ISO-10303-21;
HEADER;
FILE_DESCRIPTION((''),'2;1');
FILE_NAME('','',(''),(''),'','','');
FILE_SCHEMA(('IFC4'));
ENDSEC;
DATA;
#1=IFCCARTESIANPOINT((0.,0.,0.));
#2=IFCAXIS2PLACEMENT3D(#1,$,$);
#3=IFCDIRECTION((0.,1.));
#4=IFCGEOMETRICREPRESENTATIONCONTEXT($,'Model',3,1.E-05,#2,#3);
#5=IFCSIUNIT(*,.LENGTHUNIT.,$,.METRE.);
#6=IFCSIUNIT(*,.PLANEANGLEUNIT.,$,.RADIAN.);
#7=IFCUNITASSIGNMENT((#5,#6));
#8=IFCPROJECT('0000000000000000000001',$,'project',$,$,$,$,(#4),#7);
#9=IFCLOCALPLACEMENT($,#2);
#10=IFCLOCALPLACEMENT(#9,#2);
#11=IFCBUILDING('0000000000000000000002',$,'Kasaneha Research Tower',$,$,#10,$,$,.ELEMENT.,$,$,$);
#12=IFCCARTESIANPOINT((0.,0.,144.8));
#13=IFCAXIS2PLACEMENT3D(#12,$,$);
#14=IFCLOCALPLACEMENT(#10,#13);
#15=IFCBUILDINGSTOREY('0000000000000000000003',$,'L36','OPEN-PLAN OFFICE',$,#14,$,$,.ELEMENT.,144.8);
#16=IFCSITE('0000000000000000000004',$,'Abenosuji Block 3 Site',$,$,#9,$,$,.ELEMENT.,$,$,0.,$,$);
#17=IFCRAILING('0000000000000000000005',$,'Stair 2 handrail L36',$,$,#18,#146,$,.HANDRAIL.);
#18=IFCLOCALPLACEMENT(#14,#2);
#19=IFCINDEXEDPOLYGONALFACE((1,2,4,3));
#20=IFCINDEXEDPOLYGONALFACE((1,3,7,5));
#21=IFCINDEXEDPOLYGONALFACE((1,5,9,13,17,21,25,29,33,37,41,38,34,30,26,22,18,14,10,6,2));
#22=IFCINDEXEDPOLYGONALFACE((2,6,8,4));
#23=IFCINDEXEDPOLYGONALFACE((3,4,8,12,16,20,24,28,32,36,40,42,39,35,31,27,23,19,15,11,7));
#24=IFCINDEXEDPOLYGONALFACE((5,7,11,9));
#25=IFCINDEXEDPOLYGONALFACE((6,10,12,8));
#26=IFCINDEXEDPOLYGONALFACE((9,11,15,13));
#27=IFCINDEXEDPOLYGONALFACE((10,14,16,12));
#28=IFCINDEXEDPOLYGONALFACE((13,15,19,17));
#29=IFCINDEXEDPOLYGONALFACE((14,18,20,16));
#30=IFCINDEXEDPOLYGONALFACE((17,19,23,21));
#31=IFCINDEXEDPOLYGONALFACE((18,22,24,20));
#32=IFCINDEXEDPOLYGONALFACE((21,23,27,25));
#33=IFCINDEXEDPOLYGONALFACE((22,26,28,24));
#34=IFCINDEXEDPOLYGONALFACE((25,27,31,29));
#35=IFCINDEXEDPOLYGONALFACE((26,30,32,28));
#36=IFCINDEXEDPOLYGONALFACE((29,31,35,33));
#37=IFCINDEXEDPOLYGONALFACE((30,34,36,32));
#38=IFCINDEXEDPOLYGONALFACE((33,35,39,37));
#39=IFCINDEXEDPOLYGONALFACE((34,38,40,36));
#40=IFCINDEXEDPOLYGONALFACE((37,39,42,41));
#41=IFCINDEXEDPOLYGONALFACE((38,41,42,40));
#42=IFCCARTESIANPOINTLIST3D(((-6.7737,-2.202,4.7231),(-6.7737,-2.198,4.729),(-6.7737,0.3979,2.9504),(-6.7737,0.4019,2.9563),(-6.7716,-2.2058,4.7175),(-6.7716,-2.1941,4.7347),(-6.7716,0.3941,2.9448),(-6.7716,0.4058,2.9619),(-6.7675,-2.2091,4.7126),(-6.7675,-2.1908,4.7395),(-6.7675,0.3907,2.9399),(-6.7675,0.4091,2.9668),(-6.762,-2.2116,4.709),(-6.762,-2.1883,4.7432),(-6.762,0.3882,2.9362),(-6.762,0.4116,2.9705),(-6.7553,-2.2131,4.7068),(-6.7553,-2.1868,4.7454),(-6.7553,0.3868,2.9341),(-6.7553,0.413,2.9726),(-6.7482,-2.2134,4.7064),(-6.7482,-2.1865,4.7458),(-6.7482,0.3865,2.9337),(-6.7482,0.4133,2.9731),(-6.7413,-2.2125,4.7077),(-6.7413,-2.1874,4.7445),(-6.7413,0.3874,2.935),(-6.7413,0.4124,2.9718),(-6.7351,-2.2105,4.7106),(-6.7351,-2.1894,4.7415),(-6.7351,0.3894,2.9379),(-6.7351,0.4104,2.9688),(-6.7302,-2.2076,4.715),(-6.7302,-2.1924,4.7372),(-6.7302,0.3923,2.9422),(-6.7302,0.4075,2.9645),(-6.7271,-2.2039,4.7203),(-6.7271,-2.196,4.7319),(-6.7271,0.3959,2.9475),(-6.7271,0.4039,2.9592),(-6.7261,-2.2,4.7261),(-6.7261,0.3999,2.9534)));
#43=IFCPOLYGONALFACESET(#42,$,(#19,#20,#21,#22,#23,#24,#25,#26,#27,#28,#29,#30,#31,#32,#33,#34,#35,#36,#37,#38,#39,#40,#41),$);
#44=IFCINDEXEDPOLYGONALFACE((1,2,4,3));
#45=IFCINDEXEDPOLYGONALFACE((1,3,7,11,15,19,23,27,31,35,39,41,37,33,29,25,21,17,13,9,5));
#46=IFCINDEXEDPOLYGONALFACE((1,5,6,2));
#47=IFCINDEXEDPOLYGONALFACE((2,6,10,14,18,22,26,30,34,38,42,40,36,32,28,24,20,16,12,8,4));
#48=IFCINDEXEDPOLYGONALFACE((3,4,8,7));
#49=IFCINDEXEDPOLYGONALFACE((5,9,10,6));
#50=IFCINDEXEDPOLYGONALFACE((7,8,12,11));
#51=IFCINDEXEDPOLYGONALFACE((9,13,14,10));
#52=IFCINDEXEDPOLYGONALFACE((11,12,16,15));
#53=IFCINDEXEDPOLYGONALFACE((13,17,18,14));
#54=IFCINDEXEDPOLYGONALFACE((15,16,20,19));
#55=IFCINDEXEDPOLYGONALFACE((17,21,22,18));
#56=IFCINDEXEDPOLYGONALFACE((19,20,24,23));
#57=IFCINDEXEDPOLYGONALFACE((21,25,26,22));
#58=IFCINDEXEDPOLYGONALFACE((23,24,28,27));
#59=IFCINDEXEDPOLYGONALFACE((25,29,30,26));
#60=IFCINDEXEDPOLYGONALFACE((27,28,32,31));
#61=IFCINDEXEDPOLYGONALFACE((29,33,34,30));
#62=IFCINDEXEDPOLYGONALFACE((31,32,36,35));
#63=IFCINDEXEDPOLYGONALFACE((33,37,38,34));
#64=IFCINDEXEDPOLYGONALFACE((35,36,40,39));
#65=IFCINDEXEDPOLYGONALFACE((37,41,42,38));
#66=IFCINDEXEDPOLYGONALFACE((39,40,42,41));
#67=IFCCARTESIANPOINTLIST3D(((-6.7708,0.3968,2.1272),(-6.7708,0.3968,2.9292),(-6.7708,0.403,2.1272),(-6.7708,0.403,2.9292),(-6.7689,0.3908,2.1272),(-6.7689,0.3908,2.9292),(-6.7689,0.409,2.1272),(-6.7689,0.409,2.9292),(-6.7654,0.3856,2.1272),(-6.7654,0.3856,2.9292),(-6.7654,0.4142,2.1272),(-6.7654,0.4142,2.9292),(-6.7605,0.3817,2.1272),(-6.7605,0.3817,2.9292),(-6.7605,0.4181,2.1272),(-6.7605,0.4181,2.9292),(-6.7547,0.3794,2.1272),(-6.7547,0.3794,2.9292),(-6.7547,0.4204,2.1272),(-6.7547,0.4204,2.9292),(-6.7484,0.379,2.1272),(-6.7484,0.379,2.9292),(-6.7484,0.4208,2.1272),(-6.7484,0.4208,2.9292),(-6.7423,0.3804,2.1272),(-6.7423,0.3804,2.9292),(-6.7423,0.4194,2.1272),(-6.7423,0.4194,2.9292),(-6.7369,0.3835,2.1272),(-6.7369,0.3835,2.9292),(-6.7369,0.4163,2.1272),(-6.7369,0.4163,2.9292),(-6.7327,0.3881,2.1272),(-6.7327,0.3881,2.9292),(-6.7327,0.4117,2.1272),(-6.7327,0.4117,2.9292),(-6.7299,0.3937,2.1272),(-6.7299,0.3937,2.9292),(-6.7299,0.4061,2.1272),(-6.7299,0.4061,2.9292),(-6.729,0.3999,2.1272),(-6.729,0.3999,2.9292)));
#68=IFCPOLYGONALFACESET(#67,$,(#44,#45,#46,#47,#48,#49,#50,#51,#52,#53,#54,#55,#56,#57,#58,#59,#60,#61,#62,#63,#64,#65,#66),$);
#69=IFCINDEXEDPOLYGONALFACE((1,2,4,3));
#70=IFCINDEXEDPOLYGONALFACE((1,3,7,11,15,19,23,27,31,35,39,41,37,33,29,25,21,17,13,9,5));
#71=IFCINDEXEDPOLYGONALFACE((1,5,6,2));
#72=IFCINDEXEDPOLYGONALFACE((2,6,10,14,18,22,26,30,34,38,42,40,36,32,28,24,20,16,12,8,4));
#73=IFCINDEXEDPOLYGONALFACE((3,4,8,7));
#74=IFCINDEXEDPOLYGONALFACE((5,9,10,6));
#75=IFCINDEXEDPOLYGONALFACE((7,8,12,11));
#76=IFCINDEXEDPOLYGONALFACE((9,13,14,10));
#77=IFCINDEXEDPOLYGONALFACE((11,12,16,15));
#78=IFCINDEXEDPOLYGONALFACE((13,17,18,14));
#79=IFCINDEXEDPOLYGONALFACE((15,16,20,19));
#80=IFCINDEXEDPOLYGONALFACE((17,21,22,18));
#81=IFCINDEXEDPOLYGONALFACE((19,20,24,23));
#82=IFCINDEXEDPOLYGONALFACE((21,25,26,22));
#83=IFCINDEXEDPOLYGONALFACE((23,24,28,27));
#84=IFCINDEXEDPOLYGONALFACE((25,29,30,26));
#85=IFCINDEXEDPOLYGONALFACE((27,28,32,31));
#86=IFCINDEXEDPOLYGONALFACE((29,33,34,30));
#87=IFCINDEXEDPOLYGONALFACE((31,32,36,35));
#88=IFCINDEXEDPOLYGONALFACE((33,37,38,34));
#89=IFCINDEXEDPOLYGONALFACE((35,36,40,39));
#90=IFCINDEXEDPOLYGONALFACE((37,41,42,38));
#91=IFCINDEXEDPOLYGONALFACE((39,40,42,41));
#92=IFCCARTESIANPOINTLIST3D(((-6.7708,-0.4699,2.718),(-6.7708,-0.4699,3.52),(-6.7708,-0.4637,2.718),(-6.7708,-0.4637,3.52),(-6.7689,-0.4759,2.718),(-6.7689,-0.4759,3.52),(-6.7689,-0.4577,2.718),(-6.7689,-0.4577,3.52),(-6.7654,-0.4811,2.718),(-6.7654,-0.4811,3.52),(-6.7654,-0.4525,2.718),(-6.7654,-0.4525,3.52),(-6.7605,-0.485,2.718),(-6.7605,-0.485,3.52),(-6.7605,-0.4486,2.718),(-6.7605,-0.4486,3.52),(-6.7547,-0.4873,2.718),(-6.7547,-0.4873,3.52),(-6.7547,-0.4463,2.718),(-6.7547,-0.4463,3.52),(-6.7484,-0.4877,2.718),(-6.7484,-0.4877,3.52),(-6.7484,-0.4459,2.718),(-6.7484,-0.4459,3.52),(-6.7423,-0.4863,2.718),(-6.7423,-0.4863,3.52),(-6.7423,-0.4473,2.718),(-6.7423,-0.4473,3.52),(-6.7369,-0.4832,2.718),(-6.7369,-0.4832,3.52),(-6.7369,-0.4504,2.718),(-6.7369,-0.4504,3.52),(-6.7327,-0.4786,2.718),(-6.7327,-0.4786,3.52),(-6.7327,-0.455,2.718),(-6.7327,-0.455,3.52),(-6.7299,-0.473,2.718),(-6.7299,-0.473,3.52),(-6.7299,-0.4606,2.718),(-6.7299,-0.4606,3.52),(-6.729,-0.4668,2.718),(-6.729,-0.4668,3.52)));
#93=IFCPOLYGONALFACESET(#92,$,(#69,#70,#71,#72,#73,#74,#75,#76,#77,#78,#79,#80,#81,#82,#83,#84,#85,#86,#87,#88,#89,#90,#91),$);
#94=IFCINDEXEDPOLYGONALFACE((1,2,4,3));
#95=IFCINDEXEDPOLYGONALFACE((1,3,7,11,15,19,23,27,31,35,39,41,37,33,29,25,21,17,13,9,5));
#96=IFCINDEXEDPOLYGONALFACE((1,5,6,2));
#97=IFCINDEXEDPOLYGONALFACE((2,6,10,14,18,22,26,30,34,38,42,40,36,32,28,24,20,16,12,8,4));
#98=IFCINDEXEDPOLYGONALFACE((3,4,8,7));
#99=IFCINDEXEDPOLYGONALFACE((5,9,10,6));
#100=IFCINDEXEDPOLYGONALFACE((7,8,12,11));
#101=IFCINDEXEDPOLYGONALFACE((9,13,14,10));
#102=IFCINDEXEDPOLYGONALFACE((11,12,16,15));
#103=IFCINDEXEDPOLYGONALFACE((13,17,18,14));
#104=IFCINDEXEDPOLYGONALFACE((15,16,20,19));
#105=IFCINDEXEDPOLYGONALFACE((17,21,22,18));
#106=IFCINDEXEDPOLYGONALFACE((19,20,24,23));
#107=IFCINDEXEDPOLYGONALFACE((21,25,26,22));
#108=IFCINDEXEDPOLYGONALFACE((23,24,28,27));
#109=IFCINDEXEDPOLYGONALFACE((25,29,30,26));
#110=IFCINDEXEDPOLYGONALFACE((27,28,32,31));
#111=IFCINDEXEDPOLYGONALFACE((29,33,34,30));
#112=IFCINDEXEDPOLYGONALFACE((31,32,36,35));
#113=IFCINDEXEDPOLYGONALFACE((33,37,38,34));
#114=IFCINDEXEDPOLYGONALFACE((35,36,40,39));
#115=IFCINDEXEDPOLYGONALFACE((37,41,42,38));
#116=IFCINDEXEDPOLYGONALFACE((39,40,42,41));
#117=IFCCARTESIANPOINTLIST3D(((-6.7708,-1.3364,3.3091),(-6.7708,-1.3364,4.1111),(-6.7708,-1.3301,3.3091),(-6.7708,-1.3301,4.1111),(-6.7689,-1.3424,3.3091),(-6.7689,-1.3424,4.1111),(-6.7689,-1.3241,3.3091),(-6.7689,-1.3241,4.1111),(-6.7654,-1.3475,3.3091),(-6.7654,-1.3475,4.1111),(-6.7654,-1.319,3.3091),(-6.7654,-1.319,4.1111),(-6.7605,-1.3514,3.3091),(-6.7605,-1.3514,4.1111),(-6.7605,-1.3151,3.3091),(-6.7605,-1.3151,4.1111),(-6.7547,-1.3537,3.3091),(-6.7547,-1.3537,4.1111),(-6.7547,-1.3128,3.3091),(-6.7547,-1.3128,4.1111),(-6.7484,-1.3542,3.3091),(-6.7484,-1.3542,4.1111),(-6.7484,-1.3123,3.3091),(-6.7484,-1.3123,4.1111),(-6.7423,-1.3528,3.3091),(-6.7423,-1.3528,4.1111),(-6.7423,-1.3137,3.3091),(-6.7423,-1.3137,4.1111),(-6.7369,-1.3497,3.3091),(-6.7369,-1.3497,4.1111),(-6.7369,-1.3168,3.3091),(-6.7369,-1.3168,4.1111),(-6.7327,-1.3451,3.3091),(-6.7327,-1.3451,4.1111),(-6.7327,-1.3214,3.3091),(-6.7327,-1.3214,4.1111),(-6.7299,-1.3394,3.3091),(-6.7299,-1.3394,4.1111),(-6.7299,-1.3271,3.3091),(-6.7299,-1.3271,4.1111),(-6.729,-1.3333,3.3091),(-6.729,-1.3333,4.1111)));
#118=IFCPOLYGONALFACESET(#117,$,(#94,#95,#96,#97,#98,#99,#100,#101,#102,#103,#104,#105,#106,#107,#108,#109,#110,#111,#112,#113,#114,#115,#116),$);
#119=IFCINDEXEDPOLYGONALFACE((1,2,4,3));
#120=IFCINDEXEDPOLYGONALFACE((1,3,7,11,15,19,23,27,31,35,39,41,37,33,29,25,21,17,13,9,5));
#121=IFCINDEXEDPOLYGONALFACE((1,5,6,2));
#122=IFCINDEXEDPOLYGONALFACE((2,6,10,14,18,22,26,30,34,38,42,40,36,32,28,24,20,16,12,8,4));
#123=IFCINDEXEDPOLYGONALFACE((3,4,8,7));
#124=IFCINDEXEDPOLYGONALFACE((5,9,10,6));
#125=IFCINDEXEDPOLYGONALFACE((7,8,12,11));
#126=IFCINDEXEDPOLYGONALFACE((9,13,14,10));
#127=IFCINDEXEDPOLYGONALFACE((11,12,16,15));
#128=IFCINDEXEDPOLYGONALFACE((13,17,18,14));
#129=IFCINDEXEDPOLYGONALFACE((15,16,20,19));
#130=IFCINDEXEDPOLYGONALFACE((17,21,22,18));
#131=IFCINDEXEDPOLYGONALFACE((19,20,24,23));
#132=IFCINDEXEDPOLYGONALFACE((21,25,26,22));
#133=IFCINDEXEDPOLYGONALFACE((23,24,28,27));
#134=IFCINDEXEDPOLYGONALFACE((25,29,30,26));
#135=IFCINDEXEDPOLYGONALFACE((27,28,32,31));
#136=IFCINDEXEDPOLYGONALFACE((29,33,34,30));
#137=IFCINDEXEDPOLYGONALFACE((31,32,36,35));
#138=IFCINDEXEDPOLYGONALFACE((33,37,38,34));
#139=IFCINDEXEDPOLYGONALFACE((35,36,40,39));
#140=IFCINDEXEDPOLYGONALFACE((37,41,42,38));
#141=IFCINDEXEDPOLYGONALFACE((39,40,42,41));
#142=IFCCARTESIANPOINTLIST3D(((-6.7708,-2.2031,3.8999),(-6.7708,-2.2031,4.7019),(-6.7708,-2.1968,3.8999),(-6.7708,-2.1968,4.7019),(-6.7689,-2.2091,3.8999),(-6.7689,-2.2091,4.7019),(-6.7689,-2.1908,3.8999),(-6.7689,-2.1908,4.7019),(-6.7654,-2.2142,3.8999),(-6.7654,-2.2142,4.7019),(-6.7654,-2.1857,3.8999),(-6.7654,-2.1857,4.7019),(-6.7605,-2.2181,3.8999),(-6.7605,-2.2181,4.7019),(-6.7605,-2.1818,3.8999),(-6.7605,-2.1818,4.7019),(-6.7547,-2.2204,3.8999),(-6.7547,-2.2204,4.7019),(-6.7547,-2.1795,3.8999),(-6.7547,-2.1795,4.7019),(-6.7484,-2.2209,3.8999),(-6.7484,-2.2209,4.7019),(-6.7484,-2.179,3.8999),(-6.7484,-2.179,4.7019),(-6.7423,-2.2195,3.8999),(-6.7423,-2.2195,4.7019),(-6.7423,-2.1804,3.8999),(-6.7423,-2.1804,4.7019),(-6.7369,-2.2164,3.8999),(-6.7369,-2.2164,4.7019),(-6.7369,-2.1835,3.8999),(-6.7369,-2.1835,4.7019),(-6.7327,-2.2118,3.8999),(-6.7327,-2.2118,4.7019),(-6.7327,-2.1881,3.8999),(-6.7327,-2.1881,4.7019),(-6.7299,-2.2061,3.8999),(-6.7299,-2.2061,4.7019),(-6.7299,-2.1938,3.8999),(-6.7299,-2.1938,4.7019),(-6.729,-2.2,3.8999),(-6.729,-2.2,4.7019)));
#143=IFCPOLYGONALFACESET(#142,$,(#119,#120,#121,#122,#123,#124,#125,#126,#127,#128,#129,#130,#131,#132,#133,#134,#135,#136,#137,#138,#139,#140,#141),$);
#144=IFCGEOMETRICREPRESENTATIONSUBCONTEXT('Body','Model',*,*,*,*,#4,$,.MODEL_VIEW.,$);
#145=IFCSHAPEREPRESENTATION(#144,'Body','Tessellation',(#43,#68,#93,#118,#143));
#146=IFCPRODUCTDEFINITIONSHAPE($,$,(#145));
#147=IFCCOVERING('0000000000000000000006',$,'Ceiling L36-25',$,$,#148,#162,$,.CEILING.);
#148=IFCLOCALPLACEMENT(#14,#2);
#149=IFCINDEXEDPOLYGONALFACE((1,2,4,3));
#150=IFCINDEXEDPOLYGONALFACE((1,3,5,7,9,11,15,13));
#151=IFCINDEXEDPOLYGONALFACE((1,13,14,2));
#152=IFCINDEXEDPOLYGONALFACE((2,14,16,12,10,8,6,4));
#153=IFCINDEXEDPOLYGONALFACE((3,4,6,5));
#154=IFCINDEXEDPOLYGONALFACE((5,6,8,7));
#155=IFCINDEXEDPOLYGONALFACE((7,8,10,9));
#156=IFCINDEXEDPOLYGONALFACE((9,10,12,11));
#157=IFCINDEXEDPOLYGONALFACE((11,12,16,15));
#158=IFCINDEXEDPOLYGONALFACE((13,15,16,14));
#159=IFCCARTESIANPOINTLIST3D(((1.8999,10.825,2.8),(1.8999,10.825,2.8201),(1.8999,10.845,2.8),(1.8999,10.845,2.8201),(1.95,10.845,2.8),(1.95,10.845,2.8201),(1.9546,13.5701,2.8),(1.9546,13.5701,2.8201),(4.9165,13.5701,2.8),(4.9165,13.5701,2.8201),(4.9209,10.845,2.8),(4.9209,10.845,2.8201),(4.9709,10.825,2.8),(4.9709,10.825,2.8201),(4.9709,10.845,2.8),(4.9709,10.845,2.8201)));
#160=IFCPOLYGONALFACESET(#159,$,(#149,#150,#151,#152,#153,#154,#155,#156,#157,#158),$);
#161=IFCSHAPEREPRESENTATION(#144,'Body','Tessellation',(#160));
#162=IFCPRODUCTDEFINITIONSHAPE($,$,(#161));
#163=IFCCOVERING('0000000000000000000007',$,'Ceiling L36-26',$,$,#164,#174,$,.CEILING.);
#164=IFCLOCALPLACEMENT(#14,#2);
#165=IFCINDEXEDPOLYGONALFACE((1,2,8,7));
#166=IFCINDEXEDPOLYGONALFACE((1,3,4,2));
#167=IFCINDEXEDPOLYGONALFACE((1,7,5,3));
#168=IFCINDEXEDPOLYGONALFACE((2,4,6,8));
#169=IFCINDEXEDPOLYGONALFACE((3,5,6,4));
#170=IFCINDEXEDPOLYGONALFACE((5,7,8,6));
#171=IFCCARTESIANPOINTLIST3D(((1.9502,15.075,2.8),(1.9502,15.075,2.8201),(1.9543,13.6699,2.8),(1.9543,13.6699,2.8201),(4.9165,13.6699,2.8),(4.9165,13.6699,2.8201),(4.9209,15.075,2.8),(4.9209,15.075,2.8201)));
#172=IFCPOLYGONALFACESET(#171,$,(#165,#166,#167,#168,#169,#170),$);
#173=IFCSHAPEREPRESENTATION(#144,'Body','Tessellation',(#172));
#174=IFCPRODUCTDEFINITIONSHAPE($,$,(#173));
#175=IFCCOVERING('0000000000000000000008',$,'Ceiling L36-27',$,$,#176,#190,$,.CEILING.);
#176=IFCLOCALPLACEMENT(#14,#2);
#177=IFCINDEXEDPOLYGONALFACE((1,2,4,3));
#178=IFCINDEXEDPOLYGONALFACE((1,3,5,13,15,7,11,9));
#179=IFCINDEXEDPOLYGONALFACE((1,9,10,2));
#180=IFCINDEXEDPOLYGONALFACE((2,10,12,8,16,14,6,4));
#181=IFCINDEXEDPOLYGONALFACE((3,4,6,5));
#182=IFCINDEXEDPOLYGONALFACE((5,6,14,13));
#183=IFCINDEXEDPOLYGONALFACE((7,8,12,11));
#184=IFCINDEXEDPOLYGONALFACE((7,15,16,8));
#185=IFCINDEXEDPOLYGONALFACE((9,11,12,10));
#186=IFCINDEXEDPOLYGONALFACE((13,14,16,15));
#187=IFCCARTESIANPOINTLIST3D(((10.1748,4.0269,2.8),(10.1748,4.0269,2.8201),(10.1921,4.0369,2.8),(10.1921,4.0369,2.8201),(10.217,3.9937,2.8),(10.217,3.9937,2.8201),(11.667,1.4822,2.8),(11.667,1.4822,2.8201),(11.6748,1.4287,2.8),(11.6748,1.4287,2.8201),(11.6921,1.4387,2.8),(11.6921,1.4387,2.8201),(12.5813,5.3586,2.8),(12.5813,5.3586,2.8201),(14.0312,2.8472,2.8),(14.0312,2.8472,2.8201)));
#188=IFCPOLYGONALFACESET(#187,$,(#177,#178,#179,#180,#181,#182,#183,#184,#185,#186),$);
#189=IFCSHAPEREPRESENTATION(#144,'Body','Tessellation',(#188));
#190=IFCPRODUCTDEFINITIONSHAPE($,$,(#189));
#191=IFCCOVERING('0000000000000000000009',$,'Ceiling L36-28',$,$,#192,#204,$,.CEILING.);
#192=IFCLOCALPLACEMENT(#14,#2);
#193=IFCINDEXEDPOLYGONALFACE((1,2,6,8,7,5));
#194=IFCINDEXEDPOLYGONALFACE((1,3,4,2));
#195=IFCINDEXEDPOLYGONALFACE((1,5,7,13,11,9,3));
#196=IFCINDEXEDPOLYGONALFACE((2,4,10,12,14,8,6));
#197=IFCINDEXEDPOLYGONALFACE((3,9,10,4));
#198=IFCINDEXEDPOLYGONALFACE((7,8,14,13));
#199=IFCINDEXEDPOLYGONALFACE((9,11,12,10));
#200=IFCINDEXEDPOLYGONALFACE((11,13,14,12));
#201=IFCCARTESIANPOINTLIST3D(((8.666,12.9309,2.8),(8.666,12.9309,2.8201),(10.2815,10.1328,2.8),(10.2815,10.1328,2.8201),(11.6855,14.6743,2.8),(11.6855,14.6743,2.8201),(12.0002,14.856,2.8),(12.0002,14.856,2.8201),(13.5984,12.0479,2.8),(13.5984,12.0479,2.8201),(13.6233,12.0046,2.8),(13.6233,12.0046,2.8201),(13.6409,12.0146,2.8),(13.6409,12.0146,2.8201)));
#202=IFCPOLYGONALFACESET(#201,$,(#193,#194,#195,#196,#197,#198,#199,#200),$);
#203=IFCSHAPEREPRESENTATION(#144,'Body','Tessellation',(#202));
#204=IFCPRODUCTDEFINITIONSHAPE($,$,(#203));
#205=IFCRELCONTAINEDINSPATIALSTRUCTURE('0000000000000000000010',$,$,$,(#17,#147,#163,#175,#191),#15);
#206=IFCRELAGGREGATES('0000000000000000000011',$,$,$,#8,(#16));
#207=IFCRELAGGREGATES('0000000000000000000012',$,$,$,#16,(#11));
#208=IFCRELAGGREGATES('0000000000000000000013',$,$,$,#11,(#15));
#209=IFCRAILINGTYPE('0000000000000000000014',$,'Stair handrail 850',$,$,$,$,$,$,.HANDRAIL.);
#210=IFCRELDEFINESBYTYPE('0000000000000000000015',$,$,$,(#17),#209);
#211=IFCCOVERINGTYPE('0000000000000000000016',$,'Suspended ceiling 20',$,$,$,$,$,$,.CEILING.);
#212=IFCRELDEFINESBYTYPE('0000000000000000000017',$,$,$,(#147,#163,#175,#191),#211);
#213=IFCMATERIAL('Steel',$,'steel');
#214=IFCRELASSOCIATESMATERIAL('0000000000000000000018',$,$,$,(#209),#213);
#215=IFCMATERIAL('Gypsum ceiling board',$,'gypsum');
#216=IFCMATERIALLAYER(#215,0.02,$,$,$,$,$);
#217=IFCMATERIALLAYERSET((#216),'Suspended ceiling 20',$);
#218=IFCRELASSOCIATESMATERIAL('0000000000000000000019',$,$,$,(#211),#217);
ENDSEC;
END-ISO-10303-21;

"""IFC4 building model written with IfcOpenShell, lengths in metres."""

from ifc_helpers import new_model, si_unit, direction, frame, origin, origin_2d, place, context, subcontext, project, spatial, polyline, circle, outline, extrude, material, layer, layer_set, type_object, element, save


model = new_model("IFC4")

# Units and contexts
model_context = context("Model", 3, precision=1e-05, world=origin(), true_north=direction((0.0, 1.0)))
body_context = subcontext(model_context, "Body", "Model", "MODEL_VIEW")
ifc_project = project(units=[si_unit("LENGTHUNIT", "METRE"), si_unit("PLANEANGLEUNIT", "RADIAN")], contexts=[model_context])

# Site, building, storey
site_placement = place(None, origin())
site = spatial("IfcSite", under=ifc_project, at=site_placement, Name="Abenosuji Block 3 Site", CompositionType="ELEMENT", RefElevation=0.0)
building_placement = place(site_placement, origin())
building = spatial("IfcBuilding", under=site, at=building_placement, Name="Kasaneha Research Tower", CompositionType="ELEMENT")
storey_placement = place(building_placement, frame((0.0, 0.0, 144.8)))
storey = spatial("IfcBuildingStorey", under=building, at=storey_placement, Name="L36", Description="OPEN-PLAN OFFICE", CompositionType="ELEMENT", Elevation=144.8)

# Railing
ifc_material_1 = material(Name="Steel", Category="steel")
railing_type_1 = type_object("IfcRailingType", Name="Stair handrail 850", PredefinedType="HANDRAIL", material=ifc_material_1)
railing_1_placement = place(storey_placement, frame((-6.75, 0.3999, 2.1272)))
element("IfcRailing", 1, at=railing_1_placement, inside=storey, type_object=railing_type_1, Name="Stair 2 handrail L36", PredefinedType="HANDRAIL", context=body_context, shape_type="SweptSolid", body=[
    extrude(circle(Radius=0.0239, at=origin_2d()), frame((0.0, 0.0, 0.8262), z_axis=(0.0, -0.826216, 0.563354), x_axis=(1.0, 0.0, 0.0)), (0.0, 0.0, 1.0), 3.1467),
    extrude(circle(Radius=0.021, at=origin_2d()), origin(), (0.0, 0.0, 1.0), 0.802),
    extrude(circle(Radius=0.021, at=origin_2d()), frame((0.0, -0.8667, 0.5908)), (0.0, 0.0, 1.0), 0.802),
    extrude(circle(Radius=0.021, at=origin_2d()), frame((0.0, -1.7332, 1.1819)), (0.0, 0.0, 1.0), 0.802),
    extrude(circle(Radius=0.021, at=origin_2d()), frame((0.0, -2.5999, 1.7727)), (0.0, 0.0, 1.0), 0.802),
])

# Coverings
ifc_material_2 = material(Name="Gypsum ceiling board", Category="gypsum")
ifc_layer_1 = layer(ifc_material_2, 0.02)
ifc_layer_set_1 = layer_set([ifc_layer_1], Name="Suspended ceiling 20")
covering_type_1 = type_object("IfcCoveringType", Name="Suspended ceiling 20", PredefinedType="CEILING", material=ifc_layer_set_1)
covering_1_placement = place(storey_placement, frame((0.0, 0.0, 2.8)))
element("IfcCovering", 2, at=covering_1_placement, inside=storey, type_object=covering_type_1, Name="Ceiling L36-25", PredefinedType="CEILING", context=body_context, shape_type="SweptSolid", body=[
    extrude(outline(polyline([(1.8999, 10.825), (1.8999, 10.845), (1.95, 10.845), (1.9546, 13.5701), (4.9165, 13.5701), (4.9209, 10.845), (4.9709, 10.845), (4.9709, 10.825), (1.8999, 10.825)])), origin(), (0.0, 0.0, 1.0), 0.02),
])
covering_2_placement = place(storey_placement, frame((0.0, 0.0, 2.8)))
element("IfcCovering", 3, at=covering_2_placement, inside=storey, type_object=covering_type_1, Name="Ceiling L36-26", PredefinedType="CEILING", context=body_context, shape_type="SweptSolid", body=[
    extrude(outline(polyline([(4.9165, 13.6699), (1.9543, 13.6699), (1.9502, 15.075), (4.9209, 15.075), (4.9165, 13.6699)])), origin(), (0.0, 0.0, 1.0), 0.02),
])
covering_3_placement = place(storey_placement, frame((0.0, 0.0, 2.8)))
element("IfcCovering", 4, at=covering_3_placement, inside=storey, type_object=covering_type_1, Name="Ceiling L36-27", PredefinedType="CEILING", context=body_context, shape_type="SweptSolid", body=[
    extrude(outline(polyline([(10.1748, 4.0269), (10.1921, 4.0369), (10.217, 3.9937), (12.5813, 5.3586), (14.0312, 2.8472), (11.667, 1.4822), (11.6921, 1.4387), (11.6748, 1.4287), (10.1748, 4.0269)])), origin(), (0.0, 0.0, 1.0), 0.02),
])
covering_4_placement = place(storey_placement, frame((0.0, 0.0, 2.8)))
element("IfcCovering", 5, at=covering_4_placement, inside=storey, type_object=covering_type_1, Name="Ceiling L36-28", PredefinedType="CEILING", context=body_context, shape_type="SweptSolid", body=[
    extrude(outline(polyline([(13.6409, 12.0146), (13.6233, 12.0046), (13.5984, 12.0479), (10.2815, 10.1328), (8.666, 12.9309), (11.6855, 14.6743), (12.0002, 14.856), (13.6409, 12.0146)])), origin(), (0.0, 0.0, 1.0), 0.02),
])

save(model, "model.ifc")
